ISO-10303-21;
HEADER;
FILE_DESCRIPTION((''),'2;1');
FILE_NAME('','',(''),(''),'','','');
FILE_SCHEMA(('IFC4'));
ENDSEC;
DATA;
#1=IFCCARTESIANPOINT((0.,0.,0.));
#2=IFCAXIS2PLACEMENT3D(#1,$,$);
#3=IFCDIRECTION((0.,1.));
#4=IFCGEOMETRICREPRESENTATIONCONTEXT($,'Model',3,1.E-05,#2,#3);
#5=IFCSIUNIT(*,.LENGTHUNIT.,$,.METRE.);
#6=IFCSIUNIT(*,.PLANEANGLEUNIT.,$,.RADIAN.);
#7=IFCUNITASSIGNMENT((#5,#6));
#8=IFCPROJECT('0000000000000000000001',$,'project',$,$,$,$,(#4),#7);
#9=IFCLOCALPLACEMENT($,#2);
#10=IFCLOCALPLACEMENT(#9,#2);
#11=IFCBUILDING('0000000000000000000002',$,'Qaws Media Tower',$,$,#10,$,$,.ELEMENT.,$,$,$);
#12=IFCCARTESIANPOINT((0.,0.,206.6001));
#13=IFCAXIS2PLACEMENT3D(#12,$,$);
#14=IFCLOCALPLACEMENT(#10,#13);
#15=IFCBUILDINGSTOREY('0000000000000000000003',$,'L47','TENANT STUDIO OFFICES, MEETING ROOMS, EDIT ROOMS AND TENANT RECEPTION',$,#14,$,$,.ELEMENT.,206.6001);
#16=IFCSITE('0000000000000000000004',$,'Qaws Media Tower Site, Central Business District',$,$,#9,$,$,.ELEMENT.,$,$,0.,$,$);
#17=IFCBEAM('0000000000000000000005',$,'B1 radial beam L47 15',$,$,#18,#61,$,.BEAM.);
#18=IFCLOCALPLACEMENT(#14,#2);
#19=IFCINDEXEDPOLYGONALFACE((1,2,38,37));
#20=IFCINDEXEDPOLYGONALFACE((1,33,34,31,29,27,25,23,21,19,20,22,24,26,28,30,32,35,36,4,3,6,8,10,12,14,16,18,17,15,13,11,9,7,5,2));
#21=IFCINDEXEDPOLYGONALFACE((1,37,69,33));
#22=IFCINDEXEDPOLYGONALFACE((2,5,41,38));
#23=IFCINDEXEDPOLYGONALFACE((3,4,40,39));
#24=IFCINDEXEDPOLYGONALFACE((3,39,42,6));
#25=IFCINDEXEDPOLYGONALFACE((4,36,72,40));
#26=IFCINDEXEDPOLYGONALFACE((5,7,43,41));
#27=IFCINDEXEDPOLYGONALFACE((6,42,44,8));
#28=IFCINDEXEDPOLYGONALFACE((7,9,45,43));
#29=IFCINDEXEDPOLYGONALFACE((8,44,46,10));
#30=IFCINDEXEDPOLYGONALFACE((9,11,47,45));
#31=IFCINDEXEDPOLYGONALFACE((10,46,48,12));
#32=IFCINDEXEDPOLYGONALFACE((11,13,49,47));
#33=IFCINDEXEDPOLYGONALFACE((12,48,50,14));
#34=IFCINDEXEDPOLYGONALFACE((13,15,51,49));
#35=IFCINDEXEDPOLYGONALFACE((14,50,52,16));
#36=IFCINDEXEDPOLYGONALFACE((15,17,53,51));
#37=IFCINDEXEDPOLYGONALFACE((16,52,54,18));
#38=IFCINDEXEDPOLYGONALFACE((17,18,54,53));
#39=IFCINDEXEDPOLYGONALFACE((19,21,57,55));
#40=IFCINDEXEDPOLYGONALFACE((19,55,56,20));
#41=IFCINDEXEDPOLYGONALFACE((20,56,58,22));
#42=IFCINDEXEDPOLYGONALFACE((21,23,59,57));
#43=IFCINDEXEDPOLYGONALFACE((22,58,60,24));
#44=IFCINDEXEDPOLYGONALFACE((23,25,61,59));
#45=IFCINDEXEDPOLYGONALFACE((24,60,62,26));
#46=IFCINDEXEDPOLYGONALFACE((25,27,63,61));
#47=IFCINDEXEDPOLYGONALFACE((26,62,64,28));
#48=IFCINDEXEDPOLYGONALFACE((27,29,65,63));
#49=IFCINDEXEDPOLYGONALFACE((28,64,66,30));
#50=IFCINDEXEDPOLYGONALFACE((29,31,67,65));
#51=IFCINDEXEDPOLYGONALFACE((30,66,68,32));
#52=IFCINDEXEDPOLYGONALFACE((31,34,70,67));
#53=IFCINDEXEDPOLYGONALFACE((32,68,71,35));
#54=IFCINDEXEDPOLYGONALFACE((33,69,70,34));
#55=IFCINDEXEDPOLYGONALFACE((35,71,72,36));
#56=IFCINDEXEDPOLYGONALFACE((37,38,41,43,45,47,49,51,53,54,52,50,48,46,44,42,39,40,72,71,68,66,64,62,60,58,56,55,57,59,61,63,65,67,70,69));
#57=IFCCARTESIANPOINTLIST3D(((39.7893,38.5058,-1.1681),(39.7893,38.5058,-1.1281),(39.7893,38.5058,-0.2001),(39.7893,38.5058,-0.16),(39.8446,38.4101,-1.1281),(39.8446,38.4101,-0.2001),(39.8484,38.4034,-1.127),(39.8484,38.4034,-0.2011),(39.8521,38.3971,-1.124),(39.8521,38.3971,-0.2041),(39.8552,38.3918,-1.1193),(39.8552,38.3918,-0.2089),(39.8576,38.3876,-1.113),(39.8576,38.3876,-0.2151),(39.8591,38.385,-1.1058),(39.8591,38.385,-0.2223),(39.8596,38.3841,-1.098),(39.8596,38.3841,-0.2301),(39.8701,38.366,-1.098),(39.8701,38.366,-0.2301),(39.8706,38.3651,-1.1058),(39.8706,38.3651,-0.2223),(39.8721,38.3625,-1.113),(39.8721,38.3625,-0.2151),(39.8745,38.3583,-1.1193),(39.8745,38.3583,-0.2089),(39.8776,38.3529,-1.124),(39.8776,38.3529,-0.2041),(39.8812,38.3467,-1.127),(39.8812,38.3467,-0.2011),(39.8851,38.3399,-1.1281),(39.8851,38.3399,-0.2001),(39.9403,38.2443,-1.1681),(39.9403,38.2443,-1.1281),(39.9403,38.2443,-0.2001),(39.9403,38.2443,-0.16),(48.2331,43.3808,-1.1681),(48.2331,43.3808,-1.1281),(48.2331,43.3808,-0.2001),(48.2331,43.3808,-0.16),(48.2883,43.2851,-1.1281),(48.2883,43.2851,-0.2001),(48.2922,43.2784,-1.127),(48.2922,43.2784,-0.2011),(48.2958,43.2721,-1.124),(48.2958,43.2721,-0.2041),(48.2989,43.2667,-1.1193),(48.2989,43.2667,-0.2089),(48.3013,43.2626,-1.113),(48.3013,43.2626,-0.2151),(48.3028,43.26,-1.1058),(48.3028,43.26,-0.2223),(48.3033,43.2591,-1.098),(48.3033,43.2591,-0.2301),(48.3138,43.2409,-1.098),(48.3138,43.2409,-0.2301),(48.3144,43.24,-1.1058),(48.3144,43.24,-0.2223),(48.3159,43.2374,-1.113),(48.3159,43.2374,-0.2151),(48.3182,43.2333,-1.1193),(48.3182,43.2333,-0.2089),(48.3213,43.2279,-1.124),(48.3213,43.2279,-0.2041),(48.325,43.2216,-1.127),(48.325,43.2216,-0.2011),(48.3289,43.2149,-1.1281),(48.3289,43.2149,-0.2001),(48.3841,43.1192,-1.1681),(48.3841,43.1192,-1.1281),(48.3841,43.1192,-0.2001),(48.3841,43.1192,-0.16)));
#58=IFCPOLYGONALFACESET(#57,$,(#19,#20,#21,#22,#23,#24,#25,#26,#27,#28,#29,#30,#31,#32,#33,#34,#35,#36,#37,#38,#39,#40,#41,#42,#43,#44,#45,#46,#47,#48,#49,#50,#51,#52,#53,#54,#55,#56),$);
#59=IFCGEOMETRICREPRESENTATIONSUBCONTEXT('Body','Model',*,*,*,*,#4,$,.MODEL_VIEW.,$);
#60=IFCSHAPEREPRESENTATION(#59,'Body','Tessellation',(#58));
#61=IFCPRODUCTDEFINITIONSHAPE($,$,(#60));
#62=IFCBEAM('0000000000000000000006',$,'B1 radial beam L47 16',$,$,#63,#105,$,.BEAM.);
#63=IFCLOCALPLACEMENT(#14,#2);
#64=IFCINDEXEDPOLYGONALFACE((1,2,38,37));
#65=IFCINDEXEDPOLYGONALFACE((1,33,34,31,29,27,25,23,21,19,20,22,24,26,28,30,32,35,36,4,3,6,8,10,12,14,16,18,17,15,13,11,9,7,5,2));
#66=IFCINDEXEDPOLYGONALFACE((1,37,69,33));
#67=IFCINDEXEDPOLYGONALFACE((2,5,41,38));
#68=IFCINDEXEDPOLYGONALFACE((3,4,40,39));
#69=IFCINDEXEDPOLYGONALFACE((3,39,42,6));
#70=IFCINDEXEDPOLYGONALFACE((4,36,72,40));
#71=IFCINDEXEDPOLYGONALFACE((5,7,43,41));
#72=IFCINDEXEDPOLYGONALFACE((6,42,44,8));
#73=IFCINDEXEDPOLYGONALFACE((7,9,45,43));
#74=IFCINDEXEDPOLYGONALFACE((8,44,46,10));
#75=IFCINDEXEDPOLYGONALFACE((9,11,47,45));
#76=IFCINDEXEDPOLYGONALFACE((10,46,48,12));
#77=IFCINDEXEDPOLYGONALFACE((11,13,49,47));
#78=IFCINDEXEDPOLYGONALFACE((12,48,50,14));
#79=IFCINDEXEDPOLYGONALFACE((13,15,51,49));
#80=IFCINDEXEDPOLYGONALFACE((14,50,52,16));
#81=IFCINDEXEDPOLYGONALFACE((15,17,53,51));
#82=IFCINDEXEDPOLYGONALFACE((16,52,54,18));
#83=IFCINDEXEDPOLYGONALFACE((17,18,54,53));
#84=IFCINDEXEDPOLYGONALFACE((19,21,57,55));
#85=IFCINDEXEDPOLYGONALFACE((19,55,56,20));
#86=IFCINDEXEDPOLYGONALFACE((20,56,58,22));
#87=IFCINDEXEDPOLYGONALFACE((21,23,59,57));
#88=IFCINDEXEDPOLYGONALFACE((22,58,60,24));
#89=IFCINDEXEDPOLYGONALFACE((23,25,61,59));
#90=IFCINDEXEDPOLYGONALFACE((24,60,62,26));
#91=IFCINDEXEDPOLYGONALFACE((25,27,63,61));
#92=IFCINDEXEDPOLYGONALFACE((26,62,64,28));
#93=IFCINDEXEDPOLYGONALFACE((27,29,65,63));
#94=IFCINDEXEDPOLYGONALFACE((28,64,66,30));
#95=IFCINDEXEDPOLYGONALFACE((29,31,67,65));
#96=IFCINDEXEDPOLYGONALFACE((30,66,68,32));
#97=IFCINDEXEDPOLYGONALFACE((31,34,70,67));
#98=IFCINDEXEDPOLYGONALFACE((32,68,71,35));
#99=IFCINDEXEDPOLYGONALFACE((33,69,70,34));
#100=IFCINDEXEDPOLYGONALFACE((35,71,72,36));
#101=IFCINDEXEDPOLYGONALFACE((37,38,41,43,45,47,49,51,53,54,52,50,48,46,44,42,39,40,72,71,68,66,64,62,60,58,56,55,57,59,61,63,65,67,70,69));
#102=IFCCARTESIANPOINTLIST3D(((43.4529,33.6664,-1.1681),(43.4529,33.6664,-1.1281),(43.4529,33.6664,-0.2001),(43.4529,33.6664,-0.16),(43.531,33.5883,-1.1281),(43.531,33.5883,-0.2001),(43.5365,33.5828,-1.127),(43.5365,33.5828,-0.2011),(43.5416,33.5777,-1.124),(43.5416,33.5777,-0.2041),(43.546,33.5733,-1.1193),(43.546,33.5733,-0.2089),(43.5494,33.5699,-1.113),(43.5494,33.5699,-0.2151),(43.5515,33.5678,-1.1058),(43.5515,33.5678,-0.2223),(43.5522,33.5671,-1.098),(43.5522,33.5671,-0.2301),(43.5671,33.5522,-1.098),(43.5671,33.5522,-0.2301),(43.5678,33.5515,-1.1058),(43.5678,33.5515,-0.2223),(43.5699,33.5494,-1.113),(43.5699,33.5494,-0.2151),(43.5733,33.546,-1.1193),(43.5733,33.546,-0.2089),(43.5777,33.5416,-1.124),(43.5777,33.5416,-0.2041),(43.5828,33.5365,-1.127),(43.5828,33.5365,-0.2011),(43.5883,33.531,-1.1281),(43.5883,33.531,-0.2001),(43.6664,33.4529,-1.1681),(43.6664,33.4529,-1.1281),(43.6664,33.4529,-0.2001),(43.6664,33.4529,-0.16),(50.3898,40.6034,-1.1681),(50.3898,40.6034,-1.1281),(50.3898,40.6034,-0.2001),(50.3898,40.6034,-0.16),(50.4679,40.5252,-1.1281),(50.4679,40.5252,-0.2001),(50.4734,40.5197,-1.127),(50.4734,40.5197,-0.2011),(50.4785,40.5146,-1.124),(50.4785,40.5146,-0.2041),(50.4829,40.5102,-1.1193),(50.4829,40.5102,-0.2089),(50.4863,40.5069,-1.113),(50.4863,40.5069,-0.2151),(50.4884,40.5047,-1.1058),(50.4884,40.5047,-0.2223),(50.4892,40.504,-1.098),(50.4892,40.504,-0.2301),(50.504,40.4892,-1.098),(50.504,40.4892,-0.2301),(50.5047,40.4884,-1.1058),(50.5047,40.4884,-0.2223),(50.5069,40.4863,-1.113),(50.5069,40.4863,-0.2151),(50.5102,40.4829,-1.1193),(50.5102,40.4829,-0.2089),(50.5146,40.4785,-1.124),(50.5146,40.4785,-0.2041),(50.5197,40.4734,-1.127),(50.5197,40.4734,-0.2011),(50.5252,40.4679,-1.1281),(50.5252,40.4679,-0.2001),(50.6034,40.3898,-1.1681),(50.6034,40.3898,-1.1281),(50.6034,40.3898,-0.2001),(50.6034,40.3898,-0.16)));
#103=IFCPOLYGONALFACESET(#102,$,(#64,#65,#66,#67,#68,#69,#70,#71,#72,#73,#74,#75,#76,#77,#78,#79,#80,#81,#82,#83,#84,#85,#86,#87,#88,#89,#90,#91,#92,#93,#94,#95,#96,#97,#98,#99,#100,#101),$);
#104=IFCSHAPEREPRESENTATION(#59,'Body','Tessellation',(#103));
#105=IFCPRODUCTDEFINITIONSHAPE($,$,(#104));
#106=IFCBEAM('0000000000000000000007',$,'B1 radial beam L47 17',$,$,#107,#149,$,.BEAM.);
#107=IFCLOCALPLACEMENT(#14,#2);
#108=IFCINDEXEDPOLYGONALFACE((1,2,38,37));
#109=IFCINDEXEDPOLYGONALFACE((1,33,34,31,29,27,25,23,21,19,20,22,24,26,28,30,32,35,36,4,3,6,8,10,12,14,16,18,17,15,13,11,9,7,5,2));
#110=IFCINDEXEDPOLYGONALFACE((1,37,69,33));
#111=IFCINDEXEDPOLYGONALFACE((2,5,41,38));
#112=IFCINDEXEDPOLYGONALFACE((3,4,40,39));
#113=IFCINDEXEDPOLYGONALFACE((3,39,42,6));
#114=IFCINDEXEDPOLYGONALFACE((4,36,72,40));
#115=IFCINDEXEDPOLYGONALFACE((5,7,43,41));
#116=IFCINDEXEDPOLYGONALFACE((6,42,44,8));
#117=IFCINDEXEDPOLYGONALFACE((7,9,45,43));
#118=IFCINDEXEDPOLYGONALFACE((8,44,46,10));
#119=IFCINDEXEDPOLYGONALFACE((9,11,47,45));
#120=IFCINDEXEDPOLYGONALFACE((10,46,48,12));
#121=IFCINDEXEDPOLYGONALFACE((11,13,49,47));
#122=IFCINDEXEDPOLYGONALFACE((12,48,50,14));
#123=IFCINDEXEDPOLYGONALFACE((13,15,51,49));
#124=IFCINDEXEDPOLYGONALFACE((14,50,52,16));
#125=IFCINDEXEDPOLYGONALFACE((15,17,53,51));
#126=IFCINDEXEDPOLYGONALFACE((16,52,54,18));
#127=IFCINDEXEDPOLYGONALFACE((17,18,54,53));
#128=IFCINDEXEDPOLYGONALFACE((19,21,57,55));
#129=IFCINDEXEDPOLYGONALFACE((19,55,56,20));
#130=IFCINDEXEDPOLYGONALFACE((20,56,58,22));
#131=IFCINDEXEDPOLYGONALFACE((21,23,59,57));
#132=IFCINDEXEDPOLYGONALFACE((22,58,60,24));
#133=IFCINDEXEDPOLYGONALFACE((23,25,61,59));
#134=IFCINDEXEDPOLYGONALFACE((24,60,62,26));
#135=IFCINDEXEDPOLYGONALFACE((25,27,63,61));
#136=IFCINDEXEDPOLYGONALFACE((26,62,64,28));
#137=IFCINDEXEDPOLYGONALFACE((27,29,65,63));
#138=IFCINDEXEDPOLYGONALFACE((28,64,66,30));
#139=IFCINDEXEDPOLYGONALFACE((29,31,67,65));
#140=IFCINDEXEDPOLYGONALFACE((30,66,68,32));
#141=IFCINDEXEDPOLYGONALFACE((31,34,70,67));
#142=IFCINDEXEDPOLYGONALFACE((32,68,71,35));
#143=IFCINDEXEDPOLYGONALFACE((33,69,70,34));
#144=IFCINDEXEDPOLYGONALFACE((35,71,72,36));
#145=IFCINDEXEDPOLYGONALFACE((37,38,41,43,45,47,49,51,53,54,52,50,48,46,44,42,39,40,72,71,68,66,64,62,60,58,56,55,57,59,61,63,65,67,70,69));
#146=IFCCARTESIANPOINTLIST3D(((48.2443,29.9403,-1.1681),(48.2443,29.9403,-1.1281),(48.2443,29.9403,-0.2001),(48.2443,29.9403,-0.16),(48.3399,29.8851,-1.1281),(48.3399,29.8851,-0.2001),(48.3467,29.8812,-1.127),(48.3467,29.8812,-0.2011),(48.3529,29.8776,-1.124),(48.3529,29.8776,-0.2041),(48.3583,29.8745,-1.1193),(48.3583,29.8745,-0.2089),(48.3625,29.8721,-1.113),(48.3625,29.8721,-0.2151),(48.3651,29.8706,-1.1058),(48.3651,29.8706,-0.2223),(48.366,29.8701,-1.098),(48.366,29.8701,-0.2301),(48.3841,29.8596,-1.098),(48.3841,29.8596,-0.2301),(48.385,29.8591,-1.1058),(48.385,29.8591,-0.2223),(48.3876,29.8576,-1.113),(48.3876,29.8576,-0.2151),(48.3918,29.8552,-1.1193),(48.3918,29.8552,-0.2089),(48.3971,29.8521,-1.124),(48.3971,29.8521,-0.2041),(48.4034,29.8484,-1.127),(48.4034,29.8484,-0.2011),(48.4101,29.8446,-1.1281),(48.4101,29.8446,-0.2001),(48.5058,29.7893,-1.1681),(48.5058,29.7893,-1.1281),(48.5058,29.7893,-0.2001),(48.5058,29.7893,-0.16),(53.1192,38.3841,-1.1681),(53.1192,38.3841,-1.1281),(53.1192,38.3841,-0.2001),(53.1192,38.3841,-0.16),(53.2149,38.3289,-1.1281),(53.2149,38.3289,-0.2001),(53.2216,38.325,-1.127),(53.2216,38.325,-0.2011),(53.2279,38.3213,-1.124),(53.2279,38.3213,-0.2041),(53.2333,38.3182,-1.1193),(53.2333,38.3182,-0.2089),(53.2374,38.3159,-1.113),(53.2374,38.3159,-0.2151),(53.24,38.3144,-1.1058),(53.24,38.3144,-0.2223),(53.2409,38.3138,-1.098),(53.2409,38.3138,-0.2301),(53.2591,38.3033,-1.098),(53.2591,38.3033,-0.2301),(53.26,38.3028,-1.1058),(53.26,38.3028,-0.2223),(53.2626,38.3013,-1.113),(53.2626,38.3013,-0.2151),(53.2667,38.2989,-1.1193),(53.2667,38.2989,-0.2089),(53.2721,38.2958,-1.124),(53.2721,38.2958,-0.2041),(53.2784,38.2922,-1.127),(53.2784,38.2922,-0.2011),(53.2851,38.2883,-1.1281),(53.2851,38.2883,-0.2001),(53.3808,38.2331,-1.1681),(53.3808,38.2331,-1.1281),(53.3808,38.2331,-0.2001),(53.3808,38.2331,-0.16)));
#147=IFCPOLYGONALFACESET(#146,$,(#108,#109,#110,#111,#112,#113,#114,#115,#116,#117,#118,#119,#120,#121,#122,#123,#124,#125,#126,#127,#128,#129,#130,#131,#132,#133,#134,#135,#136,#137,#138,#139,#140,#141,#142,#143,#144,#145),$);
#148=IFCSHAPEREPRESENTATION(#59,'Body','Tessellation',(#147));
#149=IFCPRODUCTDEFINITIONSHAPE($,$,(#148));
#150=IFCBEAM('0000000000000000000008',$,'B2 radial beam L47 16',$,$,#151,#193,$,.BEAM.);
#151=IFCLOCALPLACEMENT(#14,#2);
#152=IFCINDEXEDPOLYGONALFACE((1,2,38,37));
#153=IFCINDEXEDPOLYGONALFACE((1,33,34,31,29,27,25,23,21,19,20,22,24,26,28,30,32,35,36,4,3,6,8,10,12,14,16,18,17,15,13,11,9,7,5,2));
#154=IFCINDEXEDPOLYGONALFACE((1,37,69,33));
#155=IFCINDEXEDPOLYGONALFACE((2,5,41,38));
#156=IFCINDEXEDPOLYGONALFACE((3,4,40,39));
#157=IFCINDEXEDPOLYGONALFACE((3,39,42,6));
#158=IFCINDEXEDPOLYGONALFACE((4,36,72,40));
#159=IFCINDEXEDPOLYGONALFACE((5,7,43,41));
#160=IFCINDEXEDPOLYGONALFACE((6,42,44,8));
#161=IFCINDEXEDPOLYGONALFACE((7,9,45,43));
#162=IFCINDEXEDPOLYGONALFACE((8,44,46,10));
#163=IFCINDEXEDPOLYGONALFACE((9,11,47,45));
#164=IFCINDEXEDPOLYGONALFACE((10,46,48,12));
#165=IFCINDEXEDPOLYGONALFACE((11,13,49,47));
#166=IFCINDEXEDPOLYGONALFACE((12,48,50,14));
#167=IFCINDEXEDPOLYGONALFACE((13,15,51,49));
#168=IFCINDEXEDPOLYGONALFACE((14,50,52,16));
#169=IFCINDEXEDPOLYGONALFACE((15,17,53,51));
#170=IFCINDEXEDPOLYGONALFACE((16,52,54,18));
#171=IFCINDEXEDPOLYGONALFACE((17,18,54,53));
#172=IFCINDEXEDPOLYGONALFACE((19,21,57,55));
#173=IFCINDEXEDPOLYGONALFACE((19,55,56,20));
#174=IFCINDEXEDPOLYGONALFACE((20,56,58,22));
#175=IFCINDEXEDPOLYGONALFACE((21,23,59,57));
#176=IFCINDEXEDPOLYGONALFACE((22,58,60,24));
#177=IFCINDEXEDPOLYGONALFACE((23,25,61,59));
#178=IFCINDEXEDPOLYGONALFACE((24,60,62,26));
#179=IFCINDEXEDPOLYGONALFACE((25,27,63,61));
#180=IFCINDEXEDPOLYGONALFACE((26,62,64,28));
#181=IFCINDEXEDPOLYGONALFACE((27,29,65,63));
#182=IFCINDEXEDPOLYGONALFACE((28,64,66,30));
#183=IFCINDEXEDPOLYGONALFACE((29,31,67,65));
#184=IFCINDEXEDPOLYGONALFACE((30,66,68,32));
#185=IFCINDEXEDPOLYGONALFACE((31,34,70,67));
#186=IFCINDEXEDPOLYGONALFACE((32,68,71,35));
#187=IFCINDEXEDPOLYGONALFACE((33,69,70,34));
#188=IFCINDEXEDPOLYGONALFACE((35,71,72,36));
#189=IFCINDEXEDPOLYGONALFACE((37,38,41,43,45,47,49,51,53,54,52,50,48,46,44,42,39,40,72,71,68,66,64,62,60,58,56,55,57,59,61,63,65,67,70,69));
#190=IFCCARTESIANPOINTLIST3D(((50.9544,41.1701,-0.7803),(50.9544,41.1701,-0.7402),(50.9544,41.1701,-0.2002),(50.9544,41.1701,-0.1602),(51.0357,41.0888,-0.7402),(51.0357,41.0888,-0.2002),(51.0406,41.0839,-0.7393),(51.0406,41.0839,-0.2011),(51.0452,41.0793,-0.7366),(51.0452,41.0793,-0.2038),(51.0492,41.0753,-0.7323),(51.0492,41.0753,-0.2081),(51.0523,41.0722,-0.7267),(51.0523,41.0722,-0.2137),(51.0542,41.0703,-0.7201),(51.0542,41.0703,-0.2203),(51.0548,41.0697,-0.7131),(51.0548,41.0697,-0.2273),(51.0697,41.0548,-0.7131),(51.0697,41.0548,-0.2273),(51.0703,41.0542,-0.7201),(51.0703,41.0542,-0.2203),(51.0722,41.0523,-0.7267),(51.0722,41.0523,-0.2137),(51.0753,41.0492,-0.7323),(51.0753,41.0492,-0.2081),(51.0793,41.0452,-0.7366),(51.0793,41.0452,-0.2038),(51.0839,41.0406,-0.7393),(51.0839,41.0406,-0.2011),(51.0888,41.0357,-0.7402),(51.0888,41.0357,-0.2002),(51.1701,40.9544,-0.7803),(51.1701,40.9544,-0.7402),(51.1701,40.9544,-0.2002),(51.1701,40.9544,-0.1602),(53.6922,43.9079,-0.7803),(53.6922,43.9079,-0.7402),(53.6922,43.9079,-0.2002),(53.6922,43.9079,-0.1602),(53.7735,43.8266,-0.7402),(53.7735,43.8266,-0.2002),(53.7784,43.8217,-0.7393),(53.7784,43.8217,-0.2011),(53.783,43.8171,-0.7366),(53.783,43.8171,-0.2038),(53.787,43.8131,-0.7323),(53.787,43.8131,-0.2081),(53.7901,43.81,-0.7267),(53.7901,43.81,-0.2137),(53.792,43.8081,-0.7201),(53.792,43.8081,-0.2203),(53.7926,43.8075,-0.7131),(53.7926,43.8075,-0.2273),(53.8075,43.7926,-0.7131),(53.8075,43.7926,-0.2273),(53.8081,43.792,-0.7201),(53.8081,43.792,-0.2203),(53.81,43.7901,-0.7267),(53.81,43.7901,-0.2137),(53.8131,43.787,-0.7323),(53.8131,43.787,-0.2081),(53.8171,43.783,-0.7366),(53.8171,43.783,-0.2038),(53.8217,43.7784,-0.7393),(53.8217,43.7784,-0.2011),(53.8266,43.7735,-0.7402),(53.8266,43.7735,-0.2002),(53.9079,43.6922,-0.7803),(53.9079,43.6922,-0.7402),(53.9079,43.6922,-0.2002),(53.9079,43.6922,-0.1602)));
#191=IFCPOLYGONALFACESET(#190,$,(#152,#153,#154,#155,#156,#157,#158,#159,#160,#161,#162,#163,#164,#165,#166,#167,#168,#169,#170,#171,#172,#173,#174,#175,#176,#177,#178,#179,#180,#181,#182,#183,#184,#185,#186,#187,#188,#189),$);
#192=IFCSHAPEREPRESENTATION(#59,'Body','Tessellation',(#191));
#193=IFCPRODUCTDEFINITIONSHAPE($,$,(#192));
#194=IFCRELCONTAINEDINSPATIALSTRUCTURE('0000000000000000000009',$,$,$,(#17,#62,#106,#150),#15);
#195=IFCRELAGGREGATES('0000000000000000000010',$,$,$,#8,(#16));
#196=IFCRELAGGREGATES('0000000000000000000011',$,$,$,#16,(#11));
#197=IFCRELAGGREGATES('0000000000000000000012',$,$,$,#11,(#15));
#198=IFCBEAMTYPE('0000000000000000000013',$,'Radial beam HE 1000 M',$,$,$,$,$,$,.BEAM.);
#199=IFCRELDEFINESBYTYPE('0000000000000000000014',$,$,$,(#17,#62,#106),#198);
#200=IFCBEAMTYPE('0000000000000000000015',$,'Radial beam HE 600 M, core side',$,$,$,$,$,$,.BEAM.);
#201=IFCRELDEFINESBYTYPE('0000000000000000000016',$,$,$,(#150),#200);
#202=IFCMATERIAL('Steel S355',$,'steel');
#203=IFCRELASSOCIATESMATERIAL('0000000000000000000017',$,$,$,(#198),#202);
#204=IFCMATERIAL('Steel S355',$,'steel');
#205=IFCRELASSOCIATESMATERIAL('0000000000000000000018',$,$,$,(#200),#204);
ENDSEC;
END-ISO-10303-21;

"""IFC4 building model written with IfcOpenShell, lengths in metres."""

from ifc_helpers import new_model, si_unit, direction, frame, origin, origin_2d, place, context, subcontext, project, spatial, i_section, extrude, material, material_profile, profile_set, type_object, element, save


model = new_model("IFC4")

# Units and contexts
model_context = context("Model", 3, precision=1e-05, world=origin(), true_north=direction((0.0, 1.0)))
body_context = subcontext(model_context, "Body", "Model", "MODEL_VIEW")
ifc_project = project(units=[si_unit("LENGTHUNIT", "METRE"), si_unit("PLANEANGLEUNIT", "RADIAN")], contexts=[model_context])

# Site, building, storey
site_placement = place(None, origin())
site = spatial("IfcSite", under=ifc_project, at=site_placement, Name="Qaws Media Tower Site, Central Business District", CompositionType="ELEMENT", RefElevation=0.0)
building_placement = place(site_placement, origin())
building = spatial("IfcBuilding", under=site, at=building_placement, Name="Qaws Media Tower", CompositionType="ELEMENT")
storey_placement = place(building_placement, frame((0.0, 0.0, 206.6001)))
storey = spatial("IfcBuildingStorey", under=building, at=storey_placement, Name="L47", Description="TENANT STUDIO OFFICES, MEETING ROOMS, EDIT ROOMS AND TENANT RECEPTION", CompositionType="ELEMENT", Elevation=206.6001)

# Beams
ifc_material_1 = material(Name="Steel S355", Category="steel")
ifc_material_profile_1 = material_profile(ifc_material_1, i_section(OverallWidth=0.302, OverallDepth=1.0081, WebThickness=0.021, FlangeThickness=0.04, FilletRadius=0.03, at=origin_2d()), Name="HE 1000 M")
ifc_profile_set_1 = profile_set([ifc_material_profile_1], Name="Steel S355")
beam_type_1 = type_object("IfcBeamType", Name="Radial beam HE 1000 M", PredefinedType="BEAM", material=ifc_profile_set_1)
beam_1_placement = place(storey_placement, frame((48.3086, 43.25, -0.6641), z_axis=(-0.866028, -0.499996, 0.0), x_axis=(0.499996, -0.866028, 0.0)))
element("IfcBeam", 1, at=beam_1_placement, inside=storey, type_object=beam_type_1, Name="B1 radial beam L47 15", PredefinedType="BEAM", context=body_context, shape_type="SweptSolid", body=[
    extrude(i_section(OverallWidth=0.302, OverallDepth=1.0081, WebThickness=0.021, FlangeThickness=0.04, FilletRadius=0.03, at=origin_2d()), origin(), (0.0, 0.0, 1.0), 9.75),
])
beam_2_placement = place(storey_placement, frame((50.4966, 40.4966, -0.6641), z_axis=(-0.707107, -0.707107, 0.0), x_axis=(0.707107, -0.707107, 0.0)))
element("IfcBeam", 2, at=beam_2_placement, inside=storey, type_object=beam_type_1, Name="B1 radial beam L47 16", PredefinedType="BEAM", context=body_context, shape_type="SweptSolid", body=[
    extrude(i_section(OverallWidth=0.302, OverallDepth=1.0081, WebThickness=0.021, FlangeThickness=0.04, FilletRadius=0.03, at=origin_2d()), origin(), (0.0, 0.0, 1.0), 9.8103),
])
beam_3_placement = place(storey_placement, frame((53.25, 38.3086, -0.6641), z_axis=(-0.499996, -0.866028, 0.0), x_axis=(0.866028, -0.499996, 0.0)))
element("IfcBeam", 3, at=beam_3_placement, inside=storey, type_object=beam_type_1, Name="B1 radial beam L47 17", PredefinedType="BEAM", context=body_context, shape_type="SweptSolid", body=[
    extrude(i_section(OverallWidth=0.302, OverallDepth=1.0081, WebThickness=0.021, FlangeThickness=0.04, FilletRadius=0.03, at=origin_2d()), origin(), (0.0, 0.0, 1.0), 9.75),
])
ifc_material_2 = material(Name="Steel S355", Category="steel")
ifc_material_profile_2 = material_profile(ifc_material_2, i_section(OverallWidth=0.3049, OverallDepth=0.6201, WebThickness=0.021, FlangeThickness=0.04, FilletRadius=0.0271, at=origin_2d()), Name="HE 600 M")
ifc_profile_set_2 = profile_set([ifc_material_profile_2], Name="Steel S355")
beam_type_2 = type_object("IfcBeamType", Name="Radial beam HE 600 M, core side", PredefinedType="BEAM", material=ifc_profile_set_2)
beam_4_placement = place(storey_placement, frame((53.8, 43.8, -0.4702), z_axis=(-0.707107, -0.707107, 0.0), x_axis=(0.707107, -0.707107, 0.0)))
element("IfcBeam", 4, at=beam_4_placement, inside=storey, type_object=beam_type_2, Name="B2 radial beam L47 16", PredefinedType="BEAM", context=body_context, shape_type="SweptSolid", body=[
    extrude(i_section(OverallWidth=0.3049, OverallDepth=0.6201, WebThickness=0.021, FlangeThickness=0.04, FilletRadius=0.0271, at=origin_2d()), origin(), (0.0, 0.0, 1.0), 3.8718),
])

save(model, "model.ifc")
